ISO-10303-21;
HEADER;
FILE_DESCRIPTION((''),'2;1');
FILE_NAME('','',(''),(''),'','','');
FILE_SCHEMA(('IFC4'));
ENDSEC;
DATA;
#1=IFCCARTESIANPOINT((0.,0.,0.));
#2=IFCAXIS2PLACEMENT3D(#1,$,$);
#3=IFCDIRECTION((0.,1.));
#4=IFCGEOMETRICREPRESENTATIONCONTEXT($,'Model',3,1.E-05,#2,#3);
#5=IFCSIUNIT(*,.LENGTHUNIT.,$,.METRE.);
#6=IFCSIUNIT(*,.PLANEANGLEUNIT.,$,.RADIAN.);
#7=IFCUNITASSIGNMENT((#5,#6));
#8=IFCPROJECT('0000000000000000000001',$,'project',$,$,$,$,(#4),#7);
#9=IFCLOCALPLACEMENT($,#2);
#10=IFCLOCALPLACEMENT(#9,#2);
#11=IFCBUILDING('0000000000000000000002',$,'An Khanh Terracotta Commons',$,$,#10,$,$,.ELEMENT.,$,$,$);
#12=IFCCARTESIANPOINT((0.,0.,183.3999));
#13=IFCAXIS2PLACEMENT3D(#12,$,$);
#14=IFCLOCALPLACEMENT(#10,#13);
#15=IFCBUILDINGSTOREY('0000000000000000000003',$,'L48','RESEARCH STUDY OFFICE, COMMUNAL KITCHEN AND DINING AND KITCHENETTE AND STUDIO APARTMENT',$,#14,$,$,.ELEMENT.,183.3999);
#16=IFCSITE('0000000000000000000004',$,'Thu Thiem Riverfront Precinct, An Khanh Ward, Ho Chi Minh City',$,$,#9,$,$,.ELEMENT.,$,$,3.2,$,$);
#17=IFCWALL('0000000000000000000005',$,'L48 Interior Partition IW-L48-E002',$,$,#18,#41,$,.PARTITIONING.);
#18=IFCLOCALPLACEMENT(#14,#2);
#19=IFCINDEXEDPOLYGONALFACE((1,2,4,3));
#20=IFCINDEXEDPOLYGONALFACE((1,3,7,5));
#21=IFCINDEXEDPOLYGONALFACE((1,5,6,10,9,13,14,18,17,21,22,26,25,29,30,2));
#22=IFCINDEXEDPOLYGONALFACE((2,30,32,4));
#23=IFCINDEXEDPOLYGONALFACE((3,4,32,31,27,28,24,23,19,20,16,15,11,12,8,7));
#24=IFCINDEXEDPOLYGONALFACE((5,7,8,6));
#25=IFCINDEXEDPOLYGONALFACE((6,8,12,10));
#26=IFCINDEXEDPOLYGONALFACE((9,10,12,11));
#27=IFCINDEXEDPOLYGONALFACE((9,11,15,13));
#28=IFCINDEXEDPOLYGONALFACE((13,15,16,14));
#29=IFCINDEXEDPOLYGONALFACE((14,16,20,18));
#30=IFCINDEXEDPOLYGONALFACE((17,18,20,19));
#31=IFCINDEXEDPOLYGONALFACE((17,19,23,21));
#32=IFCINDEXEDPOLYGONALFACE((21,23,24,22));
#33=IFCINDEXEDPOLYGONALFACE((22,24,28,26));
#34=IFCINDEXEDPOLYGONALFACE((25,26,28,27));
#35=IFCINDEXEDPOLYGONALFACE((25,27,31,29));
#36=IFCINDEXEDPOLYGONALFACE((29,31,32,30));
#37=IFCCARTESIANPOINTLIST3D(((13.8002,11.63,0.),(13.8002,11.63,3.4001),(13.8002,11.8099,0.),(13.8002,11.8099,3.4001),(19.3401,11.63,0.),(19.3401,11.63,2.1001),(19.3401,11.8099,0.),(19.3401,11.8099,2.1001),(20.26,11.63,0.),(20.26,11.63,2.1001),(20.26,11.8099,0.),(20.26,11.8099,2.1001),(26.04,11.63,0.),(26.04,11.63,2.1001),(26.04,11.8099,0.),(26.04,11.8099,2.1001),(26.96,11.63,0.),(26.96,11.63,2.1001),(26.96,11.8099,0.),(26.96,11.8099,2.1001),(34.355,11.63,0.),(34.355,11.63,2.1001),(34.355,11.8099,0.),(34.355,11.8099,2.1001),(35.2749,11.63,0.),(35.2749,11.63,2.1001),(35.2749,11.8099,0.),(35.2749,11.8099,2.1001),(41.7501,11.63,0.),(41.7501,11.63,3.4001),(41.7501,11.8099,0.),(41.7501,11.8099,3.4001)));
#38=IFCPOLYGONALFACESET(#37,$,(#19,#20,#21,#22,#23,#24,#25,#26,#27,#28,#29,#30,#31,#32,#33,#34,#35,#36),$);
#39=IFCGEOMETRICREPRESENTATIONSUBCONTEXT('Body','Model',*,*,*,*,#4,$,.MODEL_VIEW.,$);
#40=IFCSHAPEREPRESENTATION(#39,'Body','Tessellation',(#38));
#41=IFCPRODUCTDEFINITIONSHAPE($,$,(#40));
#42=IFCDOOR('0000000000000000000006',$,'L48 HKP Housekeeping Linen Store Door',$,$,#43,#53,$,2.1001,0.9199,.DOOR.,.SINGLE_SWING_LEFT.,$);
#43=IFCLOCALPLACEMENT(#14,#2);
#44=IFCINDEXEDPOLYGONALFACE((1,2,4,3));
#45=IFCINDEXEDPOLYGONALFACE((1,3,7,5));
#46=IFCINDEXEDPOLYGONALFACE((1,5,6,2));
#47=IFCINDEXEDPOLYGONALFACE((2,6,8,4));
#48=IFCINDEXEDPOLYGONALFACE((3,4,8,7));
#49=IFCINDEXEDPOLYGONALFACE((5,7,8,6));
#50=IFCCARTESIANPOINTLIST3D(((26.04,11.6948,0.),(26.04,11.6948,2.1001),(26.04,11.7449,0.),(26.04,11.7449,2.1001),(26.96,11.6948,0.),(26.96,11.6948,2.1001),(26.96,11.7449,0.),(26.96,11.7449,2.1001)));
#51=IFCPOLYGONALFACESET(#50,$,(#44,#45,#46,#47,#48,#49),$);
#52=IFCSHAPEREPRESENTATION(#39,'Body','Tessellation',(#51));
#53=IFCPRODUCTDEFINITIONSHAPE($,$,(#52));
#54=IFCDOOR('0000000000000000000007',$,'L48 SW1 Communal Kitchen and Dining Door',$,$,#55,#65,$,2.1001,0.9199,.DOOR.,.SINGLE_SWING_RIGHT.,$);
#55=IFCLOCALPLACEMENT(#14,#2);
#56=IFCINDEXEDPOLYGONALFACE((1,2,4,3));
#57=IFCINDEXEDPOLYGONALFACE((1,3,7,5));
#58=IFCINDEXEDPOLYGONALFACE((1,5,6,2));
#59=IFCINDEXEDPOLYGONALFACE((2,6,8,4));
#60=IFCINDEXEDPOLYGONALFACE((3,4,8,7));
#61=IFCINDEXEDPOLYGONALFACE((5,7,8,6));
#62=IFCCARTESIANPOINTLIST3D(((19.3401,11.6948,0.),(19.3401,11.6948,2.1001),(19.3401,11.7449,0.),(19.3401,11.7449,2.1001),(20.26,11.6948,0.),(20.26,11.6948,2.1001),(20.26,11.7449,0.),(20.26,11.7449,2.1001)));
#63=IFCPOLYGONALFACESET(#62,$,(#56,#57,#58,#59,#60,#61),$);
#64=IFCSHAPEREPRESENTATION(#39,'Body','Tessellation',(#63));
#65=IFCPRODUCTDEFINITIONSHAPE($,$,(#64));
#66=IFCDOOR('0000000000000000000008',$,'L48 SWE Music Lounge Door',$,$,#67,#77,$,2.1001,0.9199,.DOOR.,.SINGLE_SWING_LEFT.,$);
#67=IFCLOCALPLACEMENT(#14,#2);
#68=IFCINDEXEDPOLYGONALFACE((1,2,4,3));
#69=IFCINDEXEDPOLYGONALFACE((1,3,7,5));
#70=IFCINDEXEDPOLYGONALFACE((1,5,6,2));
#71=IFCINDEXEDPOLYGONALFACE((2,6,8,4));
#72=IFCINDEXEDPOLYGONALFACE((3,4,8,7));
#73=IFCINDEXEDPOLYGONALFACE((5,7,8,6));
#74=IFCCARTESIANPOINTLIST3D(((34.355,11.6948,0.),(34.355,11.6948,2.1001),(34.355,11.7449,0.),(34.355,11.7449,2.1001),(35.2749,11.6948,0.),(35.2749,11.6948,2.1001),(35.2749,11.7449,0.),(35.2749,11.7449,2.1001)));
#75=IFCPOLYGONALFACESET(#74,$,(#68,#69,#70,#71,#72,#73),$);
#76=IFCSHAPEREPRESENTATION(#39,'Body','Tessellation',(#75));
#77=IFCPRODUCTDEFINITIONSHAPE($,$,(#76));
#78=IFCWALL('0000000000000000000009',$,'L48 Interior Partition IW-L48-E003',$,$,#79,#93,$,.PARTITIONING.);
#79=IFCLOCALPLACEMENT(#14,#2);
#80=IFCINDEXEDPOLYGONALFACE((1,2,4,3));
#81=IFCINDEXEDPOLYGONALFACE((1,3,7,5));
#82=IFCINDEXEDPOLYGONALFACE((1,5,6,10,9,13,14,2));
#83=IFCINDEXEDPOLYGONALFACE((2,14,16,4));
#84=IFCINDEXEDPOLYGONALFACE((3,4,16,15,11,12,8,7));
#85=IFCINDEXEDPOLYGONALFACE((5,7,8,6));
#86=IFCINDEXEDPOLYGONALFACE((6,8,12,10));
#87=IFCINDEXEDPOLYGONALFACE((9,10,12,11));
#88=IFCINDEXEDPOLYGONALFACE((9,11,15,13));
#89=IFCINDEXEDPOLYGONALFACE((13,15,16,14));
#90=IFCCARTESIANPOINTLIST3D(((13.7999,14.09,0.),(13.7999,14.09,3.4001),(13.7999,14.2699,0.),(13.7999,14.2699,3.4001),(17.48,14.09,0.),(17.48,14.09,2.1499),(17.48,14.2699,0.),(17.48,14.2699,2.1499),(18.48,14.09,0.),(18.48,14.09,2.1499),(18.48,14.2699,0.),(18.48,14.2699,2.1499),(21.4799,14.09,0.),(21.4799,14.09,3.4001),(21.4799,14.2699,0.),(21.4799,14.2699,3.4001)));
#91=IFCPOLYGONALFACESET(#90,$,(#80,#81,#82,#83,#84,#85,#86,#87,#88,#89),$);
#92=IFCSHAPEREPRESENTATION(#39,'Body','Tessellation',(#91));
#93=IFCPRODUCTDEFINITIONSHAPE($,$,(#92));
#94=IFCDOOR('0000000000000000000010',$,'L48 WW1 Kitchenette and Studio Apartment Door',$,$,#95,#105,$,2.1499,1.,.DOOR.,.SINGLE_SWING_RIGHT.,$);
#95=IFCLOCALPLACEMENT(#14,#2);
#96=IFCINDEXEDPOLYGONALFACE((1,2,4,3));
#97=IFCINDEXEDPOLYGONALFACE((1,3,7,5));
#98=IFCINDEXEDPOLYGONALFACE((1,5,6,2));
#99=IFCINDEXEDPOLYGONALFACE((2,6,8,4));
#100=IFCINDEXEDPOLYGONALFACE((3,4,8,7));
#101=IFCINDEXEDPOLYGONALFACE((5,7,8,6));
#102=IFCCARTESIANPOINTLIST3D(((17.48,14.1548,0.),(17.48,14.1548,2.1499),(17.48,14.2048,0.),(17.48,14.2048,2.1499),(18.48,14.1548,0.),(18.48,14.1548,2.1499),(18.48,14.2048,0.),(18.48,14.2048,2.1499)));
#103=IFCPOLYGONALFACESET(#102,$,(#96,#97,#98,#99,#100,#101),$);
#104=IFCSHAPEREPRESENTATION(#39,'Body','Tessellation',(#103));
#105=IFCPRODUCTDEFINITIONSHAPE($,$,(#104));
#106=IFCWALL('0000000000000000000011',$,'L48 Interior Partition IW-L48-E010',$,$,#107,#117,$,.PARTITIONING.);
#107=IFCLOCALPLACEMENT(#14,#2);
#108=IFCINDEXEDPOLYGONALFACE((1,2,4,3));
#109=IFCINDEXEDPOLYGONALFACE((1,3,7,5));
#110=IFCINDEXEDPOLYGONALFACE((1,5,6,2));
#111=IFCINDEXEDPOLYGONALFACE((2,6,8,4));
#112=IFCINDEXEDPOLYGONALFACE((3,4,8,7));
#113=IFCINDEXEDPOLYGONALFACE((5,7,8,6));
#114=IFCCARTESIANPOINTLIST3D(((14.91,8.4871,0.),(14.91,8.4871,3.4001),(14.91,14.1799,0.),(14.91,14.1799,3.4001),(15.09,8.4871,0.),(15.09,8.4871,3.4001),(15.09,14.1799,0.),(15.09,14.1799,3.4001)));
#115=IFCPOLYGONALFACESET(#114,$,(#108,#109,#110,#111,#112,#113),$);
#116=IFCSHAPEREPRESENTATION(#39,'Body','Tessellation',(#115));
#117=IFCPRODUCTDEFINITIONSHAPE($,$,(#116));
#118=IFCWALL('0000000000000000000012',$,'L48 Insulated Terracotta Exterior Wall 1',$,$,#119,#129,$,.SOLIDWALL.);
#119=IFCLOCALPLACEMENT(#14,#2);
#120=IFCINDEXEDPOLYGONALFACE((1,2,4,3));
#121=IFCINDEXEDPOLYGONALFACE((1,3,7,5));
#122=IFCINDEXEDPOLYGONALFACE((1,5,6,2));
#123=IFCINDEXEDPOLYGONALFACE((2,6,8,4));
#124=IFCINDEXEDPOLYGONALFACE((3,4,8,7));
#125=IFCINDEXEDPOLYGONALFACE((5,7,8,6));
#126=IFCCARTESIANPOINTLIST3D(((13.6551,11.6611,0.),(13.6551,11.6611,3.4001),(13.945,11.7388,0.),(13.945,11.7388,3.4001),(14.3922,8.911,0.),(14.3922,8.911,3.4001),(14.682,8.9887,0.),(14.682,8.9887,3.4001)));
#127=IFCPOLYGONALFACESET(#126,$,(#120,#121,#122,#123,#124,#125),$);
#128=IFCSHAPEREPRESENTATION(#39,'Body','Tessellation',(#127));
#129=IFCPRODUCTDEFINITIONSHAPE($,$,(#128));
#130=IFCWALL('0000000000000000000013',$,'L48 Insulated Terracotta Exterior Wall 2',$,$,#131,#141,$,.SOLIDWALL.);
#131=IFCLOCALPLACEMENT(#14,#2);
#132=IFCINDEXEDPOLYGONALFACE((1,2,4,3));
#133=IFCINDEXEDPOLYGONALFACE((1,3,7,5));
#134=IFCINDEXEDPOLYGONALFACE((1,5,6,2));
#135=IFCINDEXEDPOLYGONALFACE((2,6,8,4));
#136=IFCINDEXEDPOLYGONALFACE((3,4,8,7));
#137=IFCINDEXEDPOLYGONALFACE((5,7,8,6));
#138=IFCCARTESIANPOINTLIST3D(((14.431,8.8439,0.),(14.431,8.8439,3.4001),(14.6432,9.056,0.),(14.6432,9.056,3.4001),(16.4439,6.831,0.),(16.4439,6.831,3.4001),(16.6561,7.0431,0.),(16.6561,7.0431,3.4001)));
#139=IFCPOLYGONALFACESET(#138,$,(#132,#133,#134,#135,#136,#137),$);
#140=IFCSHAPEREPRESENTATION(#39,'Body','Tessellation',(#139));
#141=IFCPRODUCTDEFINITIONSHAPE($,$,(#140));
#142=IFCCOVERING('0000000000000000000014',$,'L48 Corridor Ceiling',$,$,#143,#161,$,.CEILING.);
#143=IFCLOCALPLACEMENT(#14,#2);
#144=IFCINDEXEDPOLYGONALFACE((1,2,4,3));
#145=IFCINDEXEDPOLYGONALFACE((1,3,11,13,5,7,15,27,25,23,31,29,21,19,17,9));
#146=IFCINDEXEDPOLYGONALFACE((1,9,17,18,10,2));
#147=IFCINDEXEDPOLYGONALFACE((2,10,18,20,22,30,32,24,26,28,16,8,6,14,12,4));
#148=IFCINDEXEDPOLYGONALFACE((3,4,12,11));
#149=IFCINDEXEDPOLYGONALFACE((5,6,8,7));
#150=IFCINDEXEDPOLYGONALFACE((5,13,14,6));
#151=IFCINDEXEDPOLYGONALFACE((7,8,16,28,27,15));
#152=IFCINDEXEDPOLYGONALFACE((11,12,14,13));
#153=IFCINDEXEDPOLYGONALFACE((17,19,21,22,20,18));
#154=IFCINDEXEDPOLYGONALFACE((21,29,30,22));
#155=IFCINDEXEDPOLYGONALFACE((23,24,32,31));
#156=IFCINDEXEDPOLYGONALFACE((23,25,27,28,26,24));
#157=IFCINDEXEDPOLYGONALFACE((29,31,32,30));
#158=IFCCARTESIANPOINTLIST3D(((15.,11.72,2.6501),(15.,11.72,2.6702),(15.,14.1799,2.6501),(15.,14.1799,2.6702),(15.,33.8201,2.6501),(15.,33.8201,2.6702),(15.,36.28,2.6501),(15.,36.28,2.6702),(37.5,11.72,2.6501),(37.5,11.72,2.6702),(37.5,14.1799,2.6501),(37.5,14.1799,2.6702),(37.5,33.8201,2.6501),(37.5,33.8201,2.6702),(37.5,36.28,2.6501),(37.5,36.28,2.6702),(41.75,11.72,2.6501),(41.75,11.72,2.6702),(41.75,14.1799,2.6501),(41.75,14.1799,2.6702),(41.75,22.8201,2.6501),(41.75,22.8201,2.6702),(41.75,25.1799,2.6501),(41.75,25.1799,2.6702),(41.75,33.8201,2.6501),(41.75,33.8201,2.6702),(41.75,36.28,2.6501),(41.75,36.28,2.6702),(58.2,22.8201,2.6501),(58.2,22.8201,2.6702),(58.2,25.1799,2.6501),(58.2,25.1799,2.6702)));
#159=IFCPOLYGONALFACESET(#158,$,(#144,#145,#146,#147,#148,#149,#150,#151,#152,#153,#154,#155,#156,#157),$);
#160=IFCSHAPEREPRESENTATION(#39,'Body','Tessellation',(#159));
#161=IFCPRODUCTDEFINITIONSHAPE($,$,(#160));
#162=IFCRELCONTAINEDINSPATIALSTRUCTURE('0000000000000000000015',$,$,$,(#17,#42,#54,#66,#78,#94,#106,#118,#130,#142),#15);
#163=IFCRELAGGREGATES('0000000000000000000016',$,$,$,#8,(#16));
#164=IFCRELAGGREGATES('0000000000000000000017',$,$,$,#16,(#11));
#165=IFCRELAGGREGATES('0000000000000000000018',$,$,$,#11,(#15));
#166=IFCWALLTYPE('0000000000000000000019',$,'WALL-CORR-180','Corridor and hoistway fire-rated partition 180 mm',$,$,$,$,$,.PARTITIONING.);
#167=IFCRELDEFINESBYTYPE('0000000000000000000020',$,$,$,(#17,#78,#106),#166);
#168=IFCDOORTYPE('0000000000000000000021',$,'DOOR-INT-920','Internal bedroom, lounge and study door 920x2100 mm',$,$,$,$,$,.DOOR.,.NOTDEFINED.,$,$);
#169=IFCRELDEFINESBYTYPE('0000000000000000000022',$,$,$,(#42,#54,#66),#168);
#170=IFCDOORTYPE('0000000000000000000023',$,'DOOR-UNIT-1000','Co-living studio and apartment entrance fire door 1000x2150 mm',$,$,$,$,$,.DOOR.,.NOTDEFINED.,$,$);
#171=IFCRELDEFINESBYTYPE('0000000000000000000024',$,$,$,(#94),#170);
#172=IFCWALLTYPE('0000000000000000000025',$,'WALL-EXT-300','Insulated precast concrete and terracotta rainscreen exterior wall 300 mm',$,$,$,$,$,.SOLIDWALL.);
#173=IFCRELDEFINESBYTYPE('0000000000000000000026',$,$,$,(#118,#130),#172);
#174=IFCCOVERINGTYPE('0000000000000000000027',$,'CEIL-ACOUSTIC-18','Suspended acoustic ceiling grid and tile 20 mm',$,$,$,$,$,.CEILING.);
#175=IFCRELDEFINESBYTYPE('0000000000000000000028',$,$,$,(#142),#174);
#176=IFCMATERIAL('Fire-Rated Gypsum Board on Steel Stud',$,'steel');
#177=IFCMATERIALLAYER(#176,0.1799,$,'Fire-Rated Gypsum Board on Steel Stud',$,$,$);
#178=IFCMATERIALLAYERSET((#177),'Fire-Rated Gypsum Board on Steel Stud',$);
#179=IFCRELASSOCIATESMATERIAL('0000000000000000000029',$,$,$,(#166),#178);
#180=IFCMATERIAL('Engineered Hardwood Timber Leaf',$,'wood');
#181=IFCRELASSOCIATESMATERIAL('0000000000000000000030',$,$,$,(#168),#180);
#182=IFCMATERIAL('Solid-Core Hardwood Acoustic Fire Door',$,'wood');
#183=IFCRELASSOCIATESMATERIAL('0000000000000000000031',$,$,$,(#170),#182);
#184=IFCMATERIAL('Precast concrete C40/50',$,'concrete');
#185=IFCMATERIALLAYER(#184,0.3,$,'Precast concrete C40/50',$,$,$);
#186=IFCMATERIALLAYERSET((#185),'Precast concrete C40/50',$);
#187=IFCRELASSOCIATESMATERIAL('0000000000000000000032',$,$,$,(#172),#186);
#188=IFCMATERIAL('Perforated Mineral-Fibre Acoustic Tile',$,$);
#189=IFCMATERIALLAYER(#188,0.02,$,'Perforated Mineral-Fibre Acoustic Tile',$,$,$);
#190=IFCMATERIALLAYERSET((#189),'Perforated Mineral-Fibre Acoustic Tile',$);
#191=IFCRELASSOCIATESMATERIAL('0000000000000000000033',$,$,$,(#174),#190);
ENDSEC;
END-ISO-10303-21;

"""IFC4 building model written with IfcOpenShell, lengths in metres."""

from ifc_helpers import new_model, si_unit, direction, frame, frame_2d, origin, place, context, subcontext, project, spatial, polyline, rectangle, outline, extrude, material, layer, layer_set, type_object, element, fill, save


model = new_model("IFC4")

# Units and contexts
model_context = context("Model", 3, precision=1e-05, world=origin(), true_north=direction((0.0, 1.0)))
body_context = subcontext(model_context, "Body", "Model", "MODEL_VIEW")
ifc_project = project(units=[si_unit("LENGTHUNIT", "METRE"), si_unit("PLANEANGLEUNIT", "RADIAN")], contexts=[model_context])

# Site, building, storey
site_placement = place(None, origin())
site = spatial("IfcSite", under=ifc_project, at=site_placement, Name="Thu Thiem Riverfront Precinct, An Khanh Ward, Ho Chi Minh City", CompositionType="ELEMENT", RefElevation=3.2)
building_placement = place(site_placement, origin())
building = spatial("IfcBuilding", under=site, at=building_placement, Name="An Khanh Terracotta Commons", CompositionType="ELEMENT")
storey_placement = place(building_placement, frame((0.0, 0.0, 183.3999)))
storey = spatial("IfcBuildingStorey", under=building, at=storey_placement, Name="L48", Description="RESEARCH STUDY OFFICE, COMMUNAL KITCHEN AND DINING AND KITCHENETTE AND STUDIO APARTMENT", CompositionType="ELEMENT", Elevation=183.3999)

# Shared definitions
ifc_material_1 = material(Name="Precast concrete C40/50", Category="concrete")

# Wall, openings, doors
ifc_material_2 = material(Name="Fire-Rated Gypsum Board on Steel Stud", Category="steel")
ifc_layer_1 = layer(ifc_material_2, 0.1799, Name="Fire-Rated Gypsum Board on Steel Stud")
ifc_layer_set_1 = layer_set([ifc_layer_1], Name="Fire-Rated Gypsum Board on Steel Stud")
wall_type_1 = type_object("IfcWallType", Name="WALL-CORR-180", Description="Corridor and hoistway fire-rated partition 180 mm", PredefinedType="PARTITIONING", material=ifc_layer_set_1)
wall_1_placement = place(storey_placement, frame((13.8, 11.72, 0.0), z_axis=(0.0, 0.0, 1.0), x_axis=(1.0, 0.0, 0.0)))
wall_1 = element("IfcWall", 1, at=wall_1_placement, inside=storey, type_object=wall_type_1, Name="L48 Interior Partition IW-L48-E002", PredefinedType="PARTITIONING", context=body_context, shape_type="SweptSolid", body=[
    extrude(rectangle(XDim=27.95, YDim=0.1799, at=frame_2d((13.9751, 0.0))), origin(), (0.0, 0.0, 1.0), 3.4001),
])
opening_1_placement = place(wall_1_placement, frame((12.24, 0.0, 0.0)))
opening_1 = element("IfcOpeningElement", 2, at=opening_1_placement, cuts=wall_1, PredefinedType="OPENING", context=body_context, shape_type="SweptSolid", body=[
    extrude(rectangle(XDim=0.9199, YDim=2.1001, at=frame_2d((0.46, 1.05))), frame((0.0, 0.0999, 0.0), z_axis=(0.0, -1.0, 0.0), x_axis=(1.0, 0.0, 0.0)), (0.0, 0.0, 1.0), 0.2),
])
opening_2_placement = place(wall_1_placement, frame((5.54, 0.0, 0.0)))
opening_2 = element("IfcOpeningElement", 3, at=opening_2_placement, cuts=wall_1, PredefinedType="OPENING", context=body_context, shape_type="SweptSolid", body=[
    extrude(rectangle(XDim=0.9199, YDim=2.1001, at=frame_2d((0.46, 1.05))), frame((0.0, 0.0999, 0.0), z_axis=(0.0, -1.0, 0.0), x_axis=(1.0, 0.0, 0.0)), (0.0, 0.0, 1.0), 0.2),
])
opening_3_placement = place(wall_1_placement, frame((20.5549, 0.0, 0.0)))
opening_3 = element("IfcOpeningElement", 4, at=opening_3_placement, cuts=wall_1, PredefinedType="OPENING", context=body_context, shape_type="SweptSolid", body=[
    extrude(rectangle(XDim=0.9199, YDim=2.1001, at=frame_2d((0.46, 1.05))), frame((0.0, 0.0999, 0.0), z_axis=(0.0, -1.0, 0.0), x_axis=(1.0, 0.0, 0.0)), (0.0, 0.0, 1.0), 0.2),
])
ifc_material_3 = material(Name="Engineered Hardwood Timber Leaf", Category="wood")
door_type_1 = type_object("IfcDoorType", Name="DOOR-INT-920", Description="Internal bedroom, lounge and study door 920x2100 mm", OperationType="NOTDEFINED", PredefinedType="DOOR", material=ifc_material_3)
door_1_placement = place(opening_1_placement, origin())
door_1 = element("IfcDoor", 5, at=door_1_placement, inside=storey, type_object=door_type_1, Name="L48 HKP Housekeeping Linen Store Door", OperationType="SINGLE_SWING_LEFT", OverallHeight=2.1001, OverallWidth=0.9199, PredefinedType="DOOR", context=body_context, shape_type="SweptSolid", body=[
    extrude(rectangle(XDim=0.9199, YDim=2.1001, at=frame_2d((0.46, 1.05))), frame((0.0, 0.0249, 0.0), z_axis=(0.0, -1.0, 0.0), x_axis=(1.0, 0.0, 0.0)), (0.0, 0.0, 1.0), 0.05),
])
fill(opening_1, door_1)
door_2_placement = place(opening_2_placement, origin())
door_2 = element("IfcDoor", 6, at=door_2_placement, inside=storey, type_object=door_type_1, Name="L48 SW1 Communal Kitchen and Dining Door", OperationType="SINGLE_SWING_RIGHT", OverallHeight=2.1001, OverallWidth=0.9199, PredefinedType="DOOR", context=body_context, shape_type="SweptSolid", body=[
    extrude(rectangle(XDim=0.9199, YDim=2.1001, at=frame_2d((0.46, 1.05))), frame((0.0, 0.0249, 0.0), z_axis=(0.0, -1.0, 0.0), x_axis=(1.0, 0.0, 0.0)), (0.0, 0.0, 1.0), 0.05),
])
fill(opening_2, door_2)
door_3_placement = place(opening_3_placement, origin())
door_3 = element("IfcDoor", 7, at=door_3_placement, inside=storey, type_object=door_type_1, Name="L48 SWE Music Lounge Door", OperationType="SINGLE_SWING_LEFT", OverallHeight=2.1001, OverallWidth=0.9199, PredefinedType="DOOR", context=body_context, shape_type="SweptSolid", body=[
    extrude(rectangle(XDim=0.9199, YDim=2.1001, at=frame_2d((0.46, 1.05))), frame((0.0, 0.0249, 0.0), z_axis=(0.0, -1.0, 0.0), x_axis=(1.0, 0.0, 0.0)), (0.0, 0.0, 1.0), 0.05),
])
fill(opening_3, door_3)

# Wall, opening, door
wall_2_placement = place(storey_placement, frame((13.8, 14.1799, 0.0), z_axis=(0.0, 0.0, 1.0), x_axis=(1.0, 0.0, 0.0)))
wall_2 = element("IfcWall", 8, at=wall_2_placement, inside=storey, type_object=wall_type_1, Name="L48 Interior Partition IW-L48-E003", PredefinedType="PARTITIONING", context=body_context, shape_type="SweptSolid", body=[
    extrude(rectangle(XDim=7.6799, YDim=0.1799, at=frame_2d((3.8398, 0.0))), origin(), (0.0, 0.0, 1.0), 3.4001),
])
opening_4_placement = place(wall_2_placement, frame((3.6799, 0.0, 0.0)))
opening_4 = element("IfcOpeningElement", 9, at=opening_4_placement, cuts=wall_2, PredefinedType="OPENING", context=body_context, shape_type="SweptSolid", body=[
    extrude(rectangle(XDim=1.0, YDim=2.1499, at=frame_2d((0.5, 1.075))), frame((0.0, 0.0999, 0.0), z_axis=(0.0, -1.0, 0.0), x_axis=(1.0, 0.0, 0.0)), (0.0, 0.0, 1.0), 0.2),
])
ifc_material_4 = material(Name="Solid-Core Hardwood Acoustic Fire Door", Category="wood")
door_type_2 = type_object("IfcDoorType", Name="DOOR-UNIT-1000", Description="Co-living studio and apartment entrance fire door 1000x2150 mm", OperationType="NOTDEFINED", PredefinedType="DOOR", material=ifc_material_4)
door_4_placement = place(opening_4_placement, origin())
door_4 = element("IfcDoor", 10, at=door_4_placement, inside=storey, type_object=door_type_2, Name="L48 WW1 Kitchenette and Studio Apartment Door", OperationType="SINGLE_SWING_RIGHT", OverallHeight=2.1499, OverallWidth=1.0, PredefinedType="DOOR", context=body_context, shape_type="SweptSolid", body=[
    extrude(rectangle(XDim=1.0, YDim=2.1499, at=frame_2d((0.5, 1.075))), frame((0.0, 0.0249, 0.0), z_axis=(0.0, -1.0, 0.0), x_axis=(1.0, 0.0, 0.0)), (0.0, 0.0, 1.0), 0.05),
])
fill(opening_4, door_4)

# Walls
wall_3_placement = place(storey_placement, frame((15.0, 8.4871, 0.0), z_axis=(0.0, 0.0, 1.0), x_axis=(0.0, 1.0, 0.0)))
element("IfcWall", 11, at=wall_3_placement, inside=storey, type_object=wall_type_1, Name="L48 Interior Partition IW-L48-E010", PredefinedType="PARTITIONING", context=body_context, shape_type="SweptSolid", body=[
    extrude(rectangle(XDim=5.6929, YDim=0.1799, at=frame_2d((2.8464, 0.0))), origin(), (0.0, 0.0, 1.0), 3.4001),
])
ifc_layer_2 = layer(ifc_material_1, 0.3, Name="Precast concrete C40/50")
ifc_layer_set_2 = layer_set([ifc_layer_2], Name="Precast concrete C40/50")
wall_type_2 = type_object("IfcWallType", Name="WALL-EXT-300", Description="Insulated precast concrete and terracotta rainscreen exterior wall 300 mm", PredefinedType="SOLIDWALL", material=ifc_layer_set_2)
wall_4_placement = place(storey_placement, frame((13.8, 11.7, 0.0), z_axis=(0.0, 0.0, 1.0), x_axis=(0.258885, -0.965908, 0.0)))
element("IfcWall", 12, at=wall_4_placement, inside=storey, type_object=wall_type_2, Name="L48 Insulated Terracotta Exterior Wall 1", PredefinedType="SOLIDWALL", context=body_context, shape_type="SweptSolid", body=[
    extrude(rectangle(XDim=2.8472, YDim=0.3, at=frame_2d((1.4236, 0.0))), origin(), (0.0, 0.0, 1.0), 3.4001),
])
wall_5_placement = place(storey_placement, frame((14.5371, 8.95, 0.0), z_axis=(0.0, 0.0, 1.0), x_axis=(0.707107, -0.707107, 0.0)))
element("IfcWall", 13, at=wall_5_placement, inside=storey, type_object=wall_type_2, Name="L48 Insulated Terracotta Exterior Wall 2", PredefinedType="SOLIDWALL", context=body_context, shape_type="SweptSolid", body=[
    extrude(rectangle(XDim=2.8467, YDim=0.3, at=frame_2d((1.4233, 0.0))), origin(), (0.0, 0.0, 1.0), 3.4001),
])

# Covering
ifc_material_5 = material(Name="Perforated Mineral-Fibre Acoustic Tile")
ifc_layer_3 = layer(ifc_material_5, 0.02, Name="Perforated Mineral-Fibre Acoustic Tile")
ifc_layer_set_3 = layer_set([ifc_layer_3], Name="Perforated Mineral-Fibre Acoustic Tile")
covering_type = type_object("IfcCoveringType", Name="CEIL-ACOUSTIC-18", Description="Suspended acoustic ceiling grid and tile 20 mm", PredefinedType="CEILING", material=ifc_layer_set_3)
covering_1_placement = place(storey_placement, frame((0.0, 0.0, 2.6501)))
element("IfcCovering", 14, at=covering_1_placement, inside=storey, type_object=covering_type, Name="L48 Corridor Ceiling", PredefinedType="CEILING", context=body_context, shape_type="SweptSolid", body=[
    extrude(outline(polyline([(15.0, 11.72), (15.0, 14.1799), (37.5, 14.1799), (37.5, 33.8201), (15.0, 33.8201), (15.0, 36.28), (37.5, 36.28), (41.75, 36.28), (41.75, 33.8201), (41.75, 25.1799), (58.2, 25.1799), (58.2, 22.8201), (41.75, 22.8201), (41.75, 14.1799), (41.75, 11.72), (37.5, 11.72), (15.0, 11.72)])), origin(), (0.0, 0.0, 1.0), 0.02),
])

save(model, "model.ifc")
